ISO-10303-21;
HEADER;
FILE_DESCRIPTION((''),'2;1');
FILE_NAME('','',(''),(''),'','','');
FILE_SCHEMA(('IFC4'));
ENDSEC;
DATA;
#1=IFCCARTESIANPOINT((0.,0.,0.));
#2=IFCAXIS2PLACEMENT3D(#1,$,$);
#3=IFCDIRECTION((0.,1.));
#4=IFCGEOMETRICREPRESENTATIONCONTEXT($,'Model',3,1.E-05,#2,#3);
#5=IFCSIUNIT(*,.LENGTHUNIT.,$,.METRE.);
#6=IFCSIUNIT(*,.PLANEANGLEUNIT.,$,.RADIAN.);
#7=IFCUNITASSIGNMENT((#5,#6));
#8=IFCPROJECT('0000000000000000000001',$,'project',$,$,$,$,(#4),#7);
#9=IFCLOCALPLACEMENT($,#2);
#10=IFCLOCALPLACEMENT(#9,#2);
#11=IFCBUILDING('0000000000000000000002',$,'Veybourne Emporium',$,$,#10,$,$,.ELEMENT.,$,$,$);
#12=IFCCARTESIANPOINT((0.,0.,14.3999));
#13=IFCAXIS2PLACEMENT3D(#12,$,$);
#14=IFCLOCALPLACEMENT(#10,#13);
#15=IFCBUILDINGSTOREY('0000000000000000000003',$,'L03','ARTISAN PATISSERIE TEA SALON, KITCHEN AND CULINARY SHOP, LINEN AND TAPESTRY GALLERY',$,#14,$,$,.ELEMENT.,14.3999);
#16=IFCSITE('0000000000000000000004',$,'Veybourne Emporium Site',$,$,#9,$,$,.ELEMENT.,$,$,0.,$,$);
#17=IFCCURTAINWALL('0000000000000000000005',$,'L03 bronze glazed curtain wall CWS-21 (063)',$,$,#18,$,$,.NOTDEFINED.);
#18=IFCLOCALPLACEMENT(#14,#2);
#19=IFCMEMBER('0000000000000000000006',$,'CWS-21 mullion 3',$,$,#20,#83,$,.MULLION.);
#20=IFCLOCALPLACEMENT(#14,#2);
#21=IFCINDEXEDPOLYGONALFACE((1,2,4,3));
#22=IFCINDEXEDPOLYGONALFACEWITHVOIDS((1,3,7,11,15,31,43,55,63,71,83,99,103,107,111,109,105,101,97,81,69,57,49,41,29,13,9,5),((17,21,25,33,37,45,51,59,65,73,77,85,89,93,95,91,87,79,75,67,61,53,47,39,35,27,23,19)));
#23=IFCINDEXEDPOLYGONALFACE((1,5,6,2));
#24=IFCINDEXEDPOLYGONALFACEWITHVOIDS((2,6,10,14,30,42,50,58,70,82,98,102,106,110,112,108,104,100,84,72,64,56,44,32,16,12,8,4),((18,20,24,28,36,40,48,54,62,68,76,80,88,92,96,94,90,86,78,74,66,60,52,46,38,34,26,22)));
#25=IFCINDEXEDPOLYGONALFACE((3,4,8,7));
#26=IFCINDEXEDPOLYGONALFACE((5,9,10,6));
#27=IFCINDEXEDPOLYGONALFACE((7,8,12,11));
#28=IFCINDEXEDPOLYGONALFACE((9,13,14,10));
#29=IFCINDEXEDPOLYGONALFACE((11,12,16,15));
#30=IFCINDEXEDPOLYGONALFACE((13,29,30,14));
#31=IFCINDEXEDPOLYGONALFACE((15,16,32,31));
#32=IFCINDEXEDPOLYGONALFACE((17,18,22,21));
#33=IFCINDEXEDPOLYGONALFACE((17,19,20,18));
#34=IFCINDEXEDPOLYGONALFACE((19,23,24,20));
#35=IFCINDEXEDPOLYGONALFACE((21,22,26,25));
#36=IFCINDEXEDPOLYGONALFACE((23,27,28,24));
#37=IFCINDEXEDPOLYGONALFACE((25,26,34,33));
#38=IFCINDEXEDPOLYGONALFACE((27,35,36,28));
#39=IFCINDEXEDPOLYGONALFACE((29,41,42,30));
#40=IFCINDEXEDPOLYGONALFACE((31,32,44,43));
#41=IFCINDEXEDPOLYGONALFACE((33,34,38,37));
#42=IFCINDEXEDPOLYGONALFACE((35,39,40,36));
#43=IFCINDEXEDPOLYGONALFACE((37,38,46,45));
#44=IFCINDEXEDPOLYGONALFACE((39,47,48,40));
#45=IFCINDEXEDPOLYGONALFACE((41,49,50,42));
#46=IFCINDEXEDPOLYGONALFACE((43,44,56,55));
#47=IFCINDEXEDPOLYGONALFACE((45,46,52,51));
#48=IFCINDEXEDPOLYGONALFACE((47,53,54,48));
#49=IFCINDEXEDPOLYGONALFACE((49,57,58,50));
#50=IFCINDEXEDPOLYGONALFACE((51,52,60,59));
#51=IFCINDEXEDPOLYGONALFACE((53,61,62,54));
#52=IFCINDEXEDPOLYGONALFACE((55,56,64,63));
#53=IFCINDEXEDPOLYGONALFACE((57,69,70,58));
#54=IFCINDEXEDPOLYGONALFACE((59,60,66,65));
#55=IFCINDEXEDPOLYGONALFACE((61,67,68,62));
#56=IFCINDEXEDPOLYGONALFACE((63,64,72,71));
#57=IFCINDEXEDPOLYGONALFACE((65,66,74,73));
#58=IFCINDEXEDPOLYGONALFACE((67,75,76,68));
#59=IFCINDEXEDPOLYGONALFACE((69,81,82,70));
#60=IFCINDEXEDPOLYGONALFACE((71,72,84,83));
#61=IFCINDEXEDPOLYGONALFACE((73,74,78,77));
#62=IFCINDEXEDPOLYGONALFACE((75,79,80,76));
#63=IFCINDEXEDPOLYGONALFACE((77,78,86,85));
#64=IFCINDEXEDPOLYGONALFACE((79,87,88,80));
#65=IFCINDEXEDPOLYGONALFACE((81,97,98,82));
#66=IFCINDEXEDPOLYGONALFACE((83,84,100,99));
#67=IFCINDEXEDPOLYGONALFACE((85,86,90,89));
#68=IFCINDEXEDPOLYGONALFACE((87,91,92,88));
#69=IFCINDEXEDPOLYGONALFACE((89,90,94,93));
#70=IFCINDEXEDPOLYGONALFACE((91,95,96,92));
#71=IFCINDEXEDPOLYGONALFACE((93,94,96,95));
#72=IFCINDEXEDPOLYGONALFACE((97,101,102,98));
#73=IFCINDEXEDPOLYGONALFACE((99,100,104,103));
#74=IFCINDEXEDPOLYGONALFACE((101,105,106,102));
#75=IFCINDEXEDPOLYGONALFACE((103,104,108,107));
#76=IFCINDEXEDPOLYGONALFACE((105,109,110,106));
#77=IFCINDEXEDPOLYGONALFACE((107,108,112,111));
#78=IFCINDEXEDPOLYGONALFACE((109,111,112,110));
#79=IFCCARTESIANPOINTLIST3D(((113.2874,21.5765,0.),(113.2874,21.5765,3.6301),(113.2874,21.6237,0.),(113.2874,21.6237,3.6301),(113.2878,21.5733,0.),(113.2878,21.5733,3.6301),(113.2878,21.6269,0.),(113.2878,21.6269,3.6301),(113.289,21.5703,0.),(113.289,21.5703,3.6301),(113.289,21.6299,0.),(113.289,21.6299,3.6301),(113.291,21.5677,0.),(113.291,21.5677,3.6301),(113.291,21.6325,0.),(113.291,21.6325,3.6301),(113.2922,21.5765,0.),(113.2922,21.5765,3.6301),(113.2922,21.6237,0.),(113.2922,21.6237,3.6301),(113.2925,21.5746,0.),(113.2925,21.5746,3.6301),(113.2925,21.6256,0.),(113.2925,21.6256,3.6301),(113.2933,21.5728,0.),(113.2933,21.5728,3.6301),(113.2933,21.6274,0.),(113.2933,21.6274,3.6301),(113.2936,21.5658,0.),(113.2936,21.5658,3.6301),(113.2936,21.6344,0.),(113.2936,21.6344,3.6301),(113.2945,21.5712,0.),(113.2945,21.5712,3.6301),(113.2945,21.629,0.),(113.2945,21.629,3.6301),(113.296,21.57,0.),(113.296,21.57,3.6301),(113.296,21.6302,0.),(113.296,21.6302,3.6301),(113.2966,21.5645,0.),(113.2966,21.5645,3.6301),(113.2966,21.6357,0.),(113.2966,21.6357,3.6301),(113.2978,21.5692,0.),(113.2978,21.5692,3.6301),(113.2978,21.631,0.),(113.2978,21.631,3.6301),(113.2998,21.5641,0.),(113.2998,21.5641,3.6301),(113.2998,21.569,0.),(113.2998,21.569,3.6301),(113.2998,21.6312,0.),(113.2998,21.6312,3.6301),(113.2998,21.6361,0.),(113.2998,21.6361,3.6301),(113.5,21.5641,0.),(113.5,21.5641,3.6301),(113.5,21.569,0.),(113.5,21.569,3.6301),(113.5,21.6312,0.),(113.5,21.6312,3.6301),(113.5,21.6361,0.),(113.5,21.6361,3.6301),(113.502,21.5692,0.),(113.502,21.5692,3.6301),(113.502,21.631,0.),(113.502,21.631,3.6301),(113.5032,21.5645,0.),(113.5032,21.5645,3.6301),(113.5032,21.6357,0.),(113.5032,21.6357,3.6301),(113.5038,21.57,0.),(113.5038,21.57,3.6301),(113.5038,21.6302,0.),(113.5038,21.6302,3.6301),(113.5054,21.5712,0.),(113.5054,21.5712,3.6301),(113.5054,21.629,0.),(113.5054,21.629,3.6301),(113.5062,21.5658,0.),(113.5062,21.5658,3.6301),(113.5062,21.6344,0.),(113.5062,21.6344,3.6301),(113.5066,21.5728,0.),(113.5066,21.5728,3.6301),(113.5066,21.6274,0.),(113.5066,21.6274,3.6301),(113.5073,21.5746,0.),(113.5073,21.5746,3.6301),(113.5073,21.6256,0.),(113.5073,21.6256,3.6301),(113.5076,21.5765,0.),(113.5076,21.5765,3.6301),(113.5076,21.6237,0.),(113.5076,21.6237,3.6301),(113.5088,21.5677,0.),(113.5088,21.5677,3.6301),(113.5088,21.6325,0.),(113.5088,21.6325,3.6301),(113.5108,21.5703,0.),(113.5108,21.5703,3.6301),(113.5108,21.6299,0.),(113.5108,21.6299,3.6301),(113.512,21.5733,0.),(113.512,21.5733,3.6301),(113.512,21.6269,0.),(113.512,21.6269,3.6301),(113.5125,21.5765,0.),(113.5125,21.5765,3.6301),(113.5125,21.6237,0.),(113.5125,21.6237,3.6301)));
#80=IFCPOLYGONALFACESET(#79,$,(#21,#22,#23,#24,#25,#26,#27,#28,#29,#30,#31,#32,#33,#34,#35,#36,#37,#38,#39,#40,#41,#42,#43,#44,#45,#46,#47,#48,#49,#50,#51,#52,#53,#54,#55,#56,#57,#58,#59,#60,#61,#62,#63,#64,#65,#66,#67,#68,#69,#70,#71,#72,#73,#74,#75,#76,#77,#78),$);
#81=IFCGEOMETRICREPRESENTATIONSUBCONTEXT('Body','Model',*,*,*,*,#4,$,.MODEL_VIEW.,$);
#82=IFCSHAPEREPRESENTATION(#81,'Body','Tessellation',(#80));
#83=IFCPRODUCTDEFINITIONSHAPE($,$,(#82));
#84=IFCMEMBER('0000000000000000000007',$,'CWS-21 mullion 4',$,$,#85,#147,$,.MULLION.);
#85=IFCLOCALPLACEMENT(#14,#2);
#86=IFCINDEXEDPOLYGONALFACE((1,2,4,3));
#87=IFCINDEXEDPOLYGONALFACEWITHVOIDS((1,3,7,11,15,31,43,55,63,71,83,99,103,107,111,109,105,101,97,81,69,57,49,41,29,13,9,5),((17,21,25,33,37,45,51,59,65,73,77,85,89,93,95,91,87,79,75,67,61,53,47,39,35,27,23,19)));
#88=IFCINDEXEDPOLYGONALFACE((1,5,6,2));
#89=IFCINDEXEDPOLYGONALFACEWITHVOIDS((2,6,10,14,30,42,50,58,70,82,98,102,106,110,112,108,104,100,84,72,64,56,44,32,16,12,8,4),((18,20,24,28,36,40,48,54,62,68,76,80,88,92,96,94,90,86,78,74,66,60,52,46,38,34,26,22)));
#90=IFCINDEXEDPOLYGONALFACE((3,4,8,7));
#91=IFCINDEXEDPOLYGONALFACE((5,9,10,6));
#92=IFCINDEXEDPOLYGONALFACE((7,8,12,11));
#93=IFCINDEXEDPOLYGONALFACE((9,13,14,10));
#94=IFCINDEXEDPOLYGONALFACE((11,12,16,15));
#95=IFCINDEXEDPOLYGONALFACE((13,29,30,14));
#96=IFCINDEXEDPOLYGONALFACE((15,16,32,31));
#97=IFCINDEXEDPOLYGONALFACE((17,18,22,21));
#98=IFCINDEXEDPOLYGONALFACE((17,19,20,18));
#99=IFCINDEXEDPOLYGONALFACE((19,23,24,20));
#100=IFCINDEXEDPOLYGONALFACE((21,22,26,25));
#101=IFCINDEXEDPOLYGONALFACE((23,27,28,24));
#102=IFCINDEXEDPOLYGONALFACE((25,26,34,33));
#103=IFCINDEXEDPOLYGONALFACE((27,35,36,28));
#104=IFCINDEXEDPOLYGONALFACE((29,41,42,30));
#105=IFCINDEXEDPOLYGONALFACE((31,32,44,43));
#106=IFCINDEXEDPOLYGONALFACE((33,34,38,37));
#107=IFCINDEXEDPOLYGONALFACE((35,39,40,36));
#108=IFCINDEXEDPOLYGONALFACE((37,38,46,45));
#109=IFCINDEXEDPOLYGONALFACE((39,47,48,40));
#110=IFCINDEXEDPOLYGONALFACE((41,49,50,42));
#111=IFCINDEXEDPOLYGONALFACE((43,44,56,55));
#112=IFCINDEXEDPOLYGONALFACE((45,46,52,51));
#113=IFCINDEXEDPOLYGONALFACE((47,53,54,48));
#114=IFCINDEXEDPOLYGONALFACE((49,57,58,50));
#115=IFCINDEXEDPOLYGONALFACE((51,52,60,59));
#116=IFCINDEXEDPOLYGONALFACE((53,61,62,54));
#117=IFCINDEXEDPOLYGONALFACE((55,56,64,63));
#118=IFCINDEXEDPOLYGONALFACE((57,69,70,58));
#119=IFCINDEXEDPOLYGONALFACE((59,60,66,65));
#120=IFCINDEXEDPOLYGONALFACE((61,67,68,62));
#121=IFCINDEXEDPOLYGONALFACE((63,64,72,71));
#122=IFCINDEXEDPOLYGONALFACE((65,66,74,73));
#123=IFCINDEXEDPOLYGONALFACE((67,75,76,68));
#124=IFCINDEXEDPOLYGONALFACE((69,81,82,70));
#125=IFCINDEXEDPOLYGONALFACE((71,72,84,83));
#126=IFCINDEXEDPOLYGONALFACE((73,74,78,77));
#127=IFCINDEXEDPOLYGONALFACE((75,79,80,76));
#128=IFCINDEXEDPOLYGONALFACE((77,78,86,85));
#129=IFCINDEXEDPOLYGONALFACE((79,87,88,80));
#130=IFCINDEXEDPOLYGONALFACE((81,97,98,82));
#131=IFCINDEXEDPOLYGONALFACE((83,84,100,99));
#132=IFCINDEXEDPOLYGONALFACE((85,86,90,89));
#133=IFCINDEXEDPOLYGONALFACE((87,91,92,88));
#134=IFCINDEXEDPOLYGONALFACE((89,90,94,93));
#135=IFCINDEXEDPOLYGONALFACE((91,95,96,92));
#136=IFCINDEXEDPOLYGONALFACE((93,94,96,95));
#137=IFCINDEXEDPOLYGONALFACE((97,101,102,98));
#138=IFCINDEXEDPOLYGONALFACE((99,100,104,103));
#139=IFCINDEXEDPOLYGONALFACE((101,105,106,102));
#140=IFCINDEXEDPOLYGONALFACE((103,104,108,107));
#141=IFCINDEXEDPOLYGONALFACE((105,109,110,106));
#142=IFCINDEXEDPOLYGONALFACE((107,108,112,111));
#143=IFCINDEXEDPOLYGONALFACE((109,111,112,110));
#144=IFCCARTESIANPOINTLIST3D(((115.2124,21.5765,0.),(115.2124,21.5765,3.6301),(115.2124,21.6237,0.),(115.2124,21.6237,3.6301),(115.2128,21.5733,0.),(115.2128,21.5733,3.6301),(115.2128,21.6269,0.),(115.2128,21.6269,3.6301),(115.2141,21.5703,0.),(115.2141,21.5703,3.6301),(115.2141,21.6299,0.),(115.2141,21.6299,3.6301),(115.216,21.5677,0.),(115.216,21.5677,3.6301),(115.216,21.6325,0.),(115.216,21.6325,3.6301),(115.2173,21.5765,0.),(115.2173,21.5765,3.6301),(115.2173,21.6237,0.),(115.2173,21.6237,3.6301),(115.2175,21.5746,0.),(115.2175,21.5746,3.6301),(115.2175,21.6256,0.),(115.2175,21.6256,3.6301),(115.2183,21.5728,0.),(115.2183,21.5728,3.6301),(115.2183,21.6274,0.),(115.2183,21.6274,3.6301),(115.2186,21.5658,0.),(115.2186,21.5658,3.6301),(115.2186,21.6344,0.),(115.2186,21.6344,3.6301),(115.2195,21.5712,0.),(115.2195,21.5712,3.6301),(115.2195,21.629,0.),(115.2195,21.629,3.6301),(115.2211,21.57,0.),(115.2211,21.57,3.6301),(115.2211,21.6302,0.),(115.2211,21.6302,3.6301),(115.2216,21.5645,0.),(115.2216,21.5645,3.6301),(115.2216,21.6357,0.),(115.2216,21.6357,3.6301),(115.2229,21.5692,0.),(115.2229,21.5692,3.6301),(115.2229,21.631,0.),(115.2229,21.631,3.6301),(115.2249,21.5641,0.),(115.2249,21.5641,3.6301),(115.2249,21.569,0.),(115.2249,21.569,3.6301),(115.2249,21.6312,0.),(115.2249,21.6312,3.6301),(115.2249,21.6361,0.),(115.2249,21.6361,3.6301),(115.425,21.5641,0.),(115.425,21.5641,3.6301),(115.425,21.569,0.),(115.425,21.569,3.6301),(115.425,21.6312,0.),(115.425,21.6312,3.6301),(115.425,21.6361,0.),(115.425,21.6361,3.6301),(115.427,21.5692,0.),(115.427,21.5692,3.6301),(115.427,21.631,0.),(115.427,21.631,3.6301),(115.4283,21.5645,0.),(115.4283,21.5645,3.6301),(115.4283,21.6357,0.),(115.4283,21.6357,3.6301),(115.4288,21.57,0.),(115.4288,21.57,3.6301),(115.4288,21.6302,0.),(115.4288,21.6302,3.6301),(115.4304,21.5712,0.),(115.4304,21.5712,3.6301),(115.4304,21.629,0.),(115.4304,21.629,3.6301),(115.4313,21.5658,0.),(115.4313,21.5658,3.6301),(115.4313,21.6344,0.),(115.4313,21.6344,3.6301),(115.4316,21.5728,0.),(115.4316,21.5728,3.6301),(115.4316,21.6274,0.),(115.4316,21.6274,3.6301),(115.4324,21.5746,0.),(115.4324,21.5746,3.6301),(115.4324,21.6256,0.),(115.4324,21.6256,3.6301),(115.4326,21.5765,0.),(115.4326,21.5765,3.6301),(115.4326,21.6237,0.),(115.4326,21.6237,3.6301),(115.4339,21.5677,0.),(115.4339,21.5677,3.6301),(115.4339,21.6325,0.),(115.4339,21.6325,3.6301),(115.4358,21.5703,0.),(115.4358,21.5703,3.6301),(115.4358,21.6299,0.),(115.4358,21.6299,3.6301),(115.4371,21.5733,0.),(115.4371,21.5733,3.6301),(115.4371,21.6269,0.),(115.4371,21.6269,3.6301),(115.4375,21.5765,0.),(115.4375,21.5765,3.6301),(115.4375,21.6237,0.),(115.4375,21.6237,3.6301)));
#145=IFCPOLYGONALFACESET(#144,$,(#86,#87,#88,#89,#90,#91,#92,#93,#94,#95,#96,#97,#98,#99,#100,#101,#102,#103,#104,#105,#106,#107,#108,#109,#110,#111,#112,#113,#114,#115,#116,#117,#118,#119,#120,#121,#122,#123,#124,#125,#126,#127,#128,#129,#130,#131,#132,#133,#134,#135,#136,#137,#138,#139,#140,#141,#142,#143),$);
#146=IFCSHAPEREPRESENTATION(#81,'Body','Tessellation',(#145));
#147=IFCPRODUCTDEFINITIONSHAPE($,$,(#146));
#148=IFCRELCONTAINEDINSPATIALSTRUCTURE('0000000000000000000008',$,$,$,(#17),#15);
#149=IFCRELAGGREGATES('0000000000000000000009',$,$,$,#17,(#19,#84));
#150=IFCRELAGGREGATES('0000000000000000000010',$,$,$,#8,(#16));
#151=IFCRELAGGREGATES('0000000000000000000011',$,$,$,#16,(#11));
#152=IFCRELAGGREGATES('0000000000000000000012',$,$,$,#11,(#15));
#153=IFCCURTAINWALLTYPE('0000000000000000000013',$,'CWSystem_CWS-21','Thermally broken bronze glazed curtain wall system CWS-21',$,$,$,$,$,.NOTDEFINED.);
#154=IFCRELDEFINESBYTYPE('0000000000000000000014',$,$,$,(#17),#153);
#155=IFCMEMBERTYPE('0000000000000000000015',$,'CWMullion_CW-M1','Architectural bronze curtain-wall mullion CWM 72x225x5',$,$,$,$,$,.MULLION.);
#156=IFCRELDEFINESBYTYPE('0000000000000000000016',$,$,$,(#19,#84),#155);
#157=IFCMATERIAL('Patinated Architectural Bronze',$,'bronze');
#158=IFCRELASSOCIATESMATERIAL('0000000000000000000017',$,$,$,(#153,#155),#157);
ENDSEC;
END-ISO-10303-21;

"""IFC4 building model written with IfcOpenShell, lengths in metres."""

from ifc_helpers import new_model, si_unit, direction, frame, origin, origin_2d, place, context, subcontext, project, spatial, hollow_rectangle, extrude, material, material_profile, profile_set, type_object, element, aggregate, save


model = new_model("IFC4")

# Units and contexts
model_context = context("Model", 3, precision=1e-05, world=origin(), true_north=direction((0.0, 1.0)))
body_context = subcontext(model_context, "Body", "Model", "MODEL_VIEW")
ifc_project = project(units=[si_unit("LENGTHUNIT", "METRE"), si_unit("PLANEANGLEUNIT", "RADIAN")], contexts=[model_context])

# Site, building, storey
site_placement = place(None, origin())
site = spatial("IfcSite", under=ifc_project, at=site_placement, Name="Veybourne Emporium Site", CompositionType="ELEMENT", RefElevation=0.0)
building_placement = place(site_placement, origin())
building = spatial("IfcBuilding", under=site, at=building_placement, Name="Veybourne Emporium", CompositionType="ELEMENT")
storey_placement = place(building_placement, frame((0.0, 0.0, 14.3999)))
storey = spatial("IfcBuildingStorey", under=building, at=storey_placement, Name="L03", Description="ARTISAN PATISSERIE TEA SALON, KITCHEN AND CULINARY SHOP, LINEN AND TAPESTRY GALLERY", CompositionType="ELEMENT", Elevation=14.3999)

# Curtain wall, members
ifc_material_1 = material(Name="Patinated Architectural Bronze", Category="bronze")
curtain_wall_type = type_object("IfcCurtainWallType", Name="CWSystem_CWS-21", Description="Thermally broken bronze glazed curtain wall system CWS-21", PredefinedType="NOTDEFINED", material=ifc_material_1)
curtain_wall_placement = place(storey_placement, origin())
curtain_wall = element("IfcCurtainWall", 1, at=curtain_wall_placement, inside=storey, type_object=curtain_wall_type, Name="L03 bronze glazed curtain wall CWS-21 (063)", PredefinedType="NOTDEFINED")
ifc_material_profile_1 = material_profile(ifc_material_1, hollow_rectangle(XDim=0.072, YDim=0.2251, WallThickness=0.0049, InnerFilletRadius=0.0076, OuterFilletRadius=0.0125, at=origin_2d()), Name="CWM 72x225x5")
ifc_profile_set_1 = profile_set([ifc_material_profile_1], Name="Patinated Architectural Bronze")
member_type_1 = type_object("IfcMemberType", Name="CWMullion_CW-M1", Description="Architectural bronze curtain-wall mullion CWM 72x225x5", PredefinedType="MULLION", material=ifc_profile_set_1)
member_1_placement = place(storey_placement, frame((113.3999, 21.6001, 0.0), z_axis=(0.0, 0.0, 1.0), x_axis=(0.0, 1.0, 0.0)))
member_1 = element("IfcMember", 2, at=member_1_placement, type_object=member_type_1, Name="CWS-21 mullion 3", PredefinedType="MULLION", context=body_context, shape_type="SweptSolid", body=[
    extrude(hollow_rectangle(XDim=0.072, YDim=0.2251, WallThickness=0.0049, InnerFilletRadius=0.0076, OuterFilletRadius=0.0125, at=origin_2d()), origin(), (0.0, 0.0, 1.0), 3.6301),
])
member_2_placement = place(storey_placement, frame((115.325, 21.6001, 0.0), z_axis=(0.0, 0.0, 1.0), x_axis=(0.0, 1.0, 0.0)))
member_2 = element("IfcMember", 3, at=member_2_placement, type_object=member_type_1, Name="CWS-21 mullion 4", PredefinedType="MULLION", context=body_context, shape_type="SweptSolid", body=[
    extrude(hollow_rectangle(XDim=0.072, YDim=0.2251, WallThickness=0.0049, InnerFilletRadius=0.0076, OuterFilletRadius=0.0125, at=origin_2d()), origin(), (0.0, 0.0, 1.0), 3.6301),
])
aggregate(curtain_wall, [member_1, member_2])

save(model, "model.ifc")
